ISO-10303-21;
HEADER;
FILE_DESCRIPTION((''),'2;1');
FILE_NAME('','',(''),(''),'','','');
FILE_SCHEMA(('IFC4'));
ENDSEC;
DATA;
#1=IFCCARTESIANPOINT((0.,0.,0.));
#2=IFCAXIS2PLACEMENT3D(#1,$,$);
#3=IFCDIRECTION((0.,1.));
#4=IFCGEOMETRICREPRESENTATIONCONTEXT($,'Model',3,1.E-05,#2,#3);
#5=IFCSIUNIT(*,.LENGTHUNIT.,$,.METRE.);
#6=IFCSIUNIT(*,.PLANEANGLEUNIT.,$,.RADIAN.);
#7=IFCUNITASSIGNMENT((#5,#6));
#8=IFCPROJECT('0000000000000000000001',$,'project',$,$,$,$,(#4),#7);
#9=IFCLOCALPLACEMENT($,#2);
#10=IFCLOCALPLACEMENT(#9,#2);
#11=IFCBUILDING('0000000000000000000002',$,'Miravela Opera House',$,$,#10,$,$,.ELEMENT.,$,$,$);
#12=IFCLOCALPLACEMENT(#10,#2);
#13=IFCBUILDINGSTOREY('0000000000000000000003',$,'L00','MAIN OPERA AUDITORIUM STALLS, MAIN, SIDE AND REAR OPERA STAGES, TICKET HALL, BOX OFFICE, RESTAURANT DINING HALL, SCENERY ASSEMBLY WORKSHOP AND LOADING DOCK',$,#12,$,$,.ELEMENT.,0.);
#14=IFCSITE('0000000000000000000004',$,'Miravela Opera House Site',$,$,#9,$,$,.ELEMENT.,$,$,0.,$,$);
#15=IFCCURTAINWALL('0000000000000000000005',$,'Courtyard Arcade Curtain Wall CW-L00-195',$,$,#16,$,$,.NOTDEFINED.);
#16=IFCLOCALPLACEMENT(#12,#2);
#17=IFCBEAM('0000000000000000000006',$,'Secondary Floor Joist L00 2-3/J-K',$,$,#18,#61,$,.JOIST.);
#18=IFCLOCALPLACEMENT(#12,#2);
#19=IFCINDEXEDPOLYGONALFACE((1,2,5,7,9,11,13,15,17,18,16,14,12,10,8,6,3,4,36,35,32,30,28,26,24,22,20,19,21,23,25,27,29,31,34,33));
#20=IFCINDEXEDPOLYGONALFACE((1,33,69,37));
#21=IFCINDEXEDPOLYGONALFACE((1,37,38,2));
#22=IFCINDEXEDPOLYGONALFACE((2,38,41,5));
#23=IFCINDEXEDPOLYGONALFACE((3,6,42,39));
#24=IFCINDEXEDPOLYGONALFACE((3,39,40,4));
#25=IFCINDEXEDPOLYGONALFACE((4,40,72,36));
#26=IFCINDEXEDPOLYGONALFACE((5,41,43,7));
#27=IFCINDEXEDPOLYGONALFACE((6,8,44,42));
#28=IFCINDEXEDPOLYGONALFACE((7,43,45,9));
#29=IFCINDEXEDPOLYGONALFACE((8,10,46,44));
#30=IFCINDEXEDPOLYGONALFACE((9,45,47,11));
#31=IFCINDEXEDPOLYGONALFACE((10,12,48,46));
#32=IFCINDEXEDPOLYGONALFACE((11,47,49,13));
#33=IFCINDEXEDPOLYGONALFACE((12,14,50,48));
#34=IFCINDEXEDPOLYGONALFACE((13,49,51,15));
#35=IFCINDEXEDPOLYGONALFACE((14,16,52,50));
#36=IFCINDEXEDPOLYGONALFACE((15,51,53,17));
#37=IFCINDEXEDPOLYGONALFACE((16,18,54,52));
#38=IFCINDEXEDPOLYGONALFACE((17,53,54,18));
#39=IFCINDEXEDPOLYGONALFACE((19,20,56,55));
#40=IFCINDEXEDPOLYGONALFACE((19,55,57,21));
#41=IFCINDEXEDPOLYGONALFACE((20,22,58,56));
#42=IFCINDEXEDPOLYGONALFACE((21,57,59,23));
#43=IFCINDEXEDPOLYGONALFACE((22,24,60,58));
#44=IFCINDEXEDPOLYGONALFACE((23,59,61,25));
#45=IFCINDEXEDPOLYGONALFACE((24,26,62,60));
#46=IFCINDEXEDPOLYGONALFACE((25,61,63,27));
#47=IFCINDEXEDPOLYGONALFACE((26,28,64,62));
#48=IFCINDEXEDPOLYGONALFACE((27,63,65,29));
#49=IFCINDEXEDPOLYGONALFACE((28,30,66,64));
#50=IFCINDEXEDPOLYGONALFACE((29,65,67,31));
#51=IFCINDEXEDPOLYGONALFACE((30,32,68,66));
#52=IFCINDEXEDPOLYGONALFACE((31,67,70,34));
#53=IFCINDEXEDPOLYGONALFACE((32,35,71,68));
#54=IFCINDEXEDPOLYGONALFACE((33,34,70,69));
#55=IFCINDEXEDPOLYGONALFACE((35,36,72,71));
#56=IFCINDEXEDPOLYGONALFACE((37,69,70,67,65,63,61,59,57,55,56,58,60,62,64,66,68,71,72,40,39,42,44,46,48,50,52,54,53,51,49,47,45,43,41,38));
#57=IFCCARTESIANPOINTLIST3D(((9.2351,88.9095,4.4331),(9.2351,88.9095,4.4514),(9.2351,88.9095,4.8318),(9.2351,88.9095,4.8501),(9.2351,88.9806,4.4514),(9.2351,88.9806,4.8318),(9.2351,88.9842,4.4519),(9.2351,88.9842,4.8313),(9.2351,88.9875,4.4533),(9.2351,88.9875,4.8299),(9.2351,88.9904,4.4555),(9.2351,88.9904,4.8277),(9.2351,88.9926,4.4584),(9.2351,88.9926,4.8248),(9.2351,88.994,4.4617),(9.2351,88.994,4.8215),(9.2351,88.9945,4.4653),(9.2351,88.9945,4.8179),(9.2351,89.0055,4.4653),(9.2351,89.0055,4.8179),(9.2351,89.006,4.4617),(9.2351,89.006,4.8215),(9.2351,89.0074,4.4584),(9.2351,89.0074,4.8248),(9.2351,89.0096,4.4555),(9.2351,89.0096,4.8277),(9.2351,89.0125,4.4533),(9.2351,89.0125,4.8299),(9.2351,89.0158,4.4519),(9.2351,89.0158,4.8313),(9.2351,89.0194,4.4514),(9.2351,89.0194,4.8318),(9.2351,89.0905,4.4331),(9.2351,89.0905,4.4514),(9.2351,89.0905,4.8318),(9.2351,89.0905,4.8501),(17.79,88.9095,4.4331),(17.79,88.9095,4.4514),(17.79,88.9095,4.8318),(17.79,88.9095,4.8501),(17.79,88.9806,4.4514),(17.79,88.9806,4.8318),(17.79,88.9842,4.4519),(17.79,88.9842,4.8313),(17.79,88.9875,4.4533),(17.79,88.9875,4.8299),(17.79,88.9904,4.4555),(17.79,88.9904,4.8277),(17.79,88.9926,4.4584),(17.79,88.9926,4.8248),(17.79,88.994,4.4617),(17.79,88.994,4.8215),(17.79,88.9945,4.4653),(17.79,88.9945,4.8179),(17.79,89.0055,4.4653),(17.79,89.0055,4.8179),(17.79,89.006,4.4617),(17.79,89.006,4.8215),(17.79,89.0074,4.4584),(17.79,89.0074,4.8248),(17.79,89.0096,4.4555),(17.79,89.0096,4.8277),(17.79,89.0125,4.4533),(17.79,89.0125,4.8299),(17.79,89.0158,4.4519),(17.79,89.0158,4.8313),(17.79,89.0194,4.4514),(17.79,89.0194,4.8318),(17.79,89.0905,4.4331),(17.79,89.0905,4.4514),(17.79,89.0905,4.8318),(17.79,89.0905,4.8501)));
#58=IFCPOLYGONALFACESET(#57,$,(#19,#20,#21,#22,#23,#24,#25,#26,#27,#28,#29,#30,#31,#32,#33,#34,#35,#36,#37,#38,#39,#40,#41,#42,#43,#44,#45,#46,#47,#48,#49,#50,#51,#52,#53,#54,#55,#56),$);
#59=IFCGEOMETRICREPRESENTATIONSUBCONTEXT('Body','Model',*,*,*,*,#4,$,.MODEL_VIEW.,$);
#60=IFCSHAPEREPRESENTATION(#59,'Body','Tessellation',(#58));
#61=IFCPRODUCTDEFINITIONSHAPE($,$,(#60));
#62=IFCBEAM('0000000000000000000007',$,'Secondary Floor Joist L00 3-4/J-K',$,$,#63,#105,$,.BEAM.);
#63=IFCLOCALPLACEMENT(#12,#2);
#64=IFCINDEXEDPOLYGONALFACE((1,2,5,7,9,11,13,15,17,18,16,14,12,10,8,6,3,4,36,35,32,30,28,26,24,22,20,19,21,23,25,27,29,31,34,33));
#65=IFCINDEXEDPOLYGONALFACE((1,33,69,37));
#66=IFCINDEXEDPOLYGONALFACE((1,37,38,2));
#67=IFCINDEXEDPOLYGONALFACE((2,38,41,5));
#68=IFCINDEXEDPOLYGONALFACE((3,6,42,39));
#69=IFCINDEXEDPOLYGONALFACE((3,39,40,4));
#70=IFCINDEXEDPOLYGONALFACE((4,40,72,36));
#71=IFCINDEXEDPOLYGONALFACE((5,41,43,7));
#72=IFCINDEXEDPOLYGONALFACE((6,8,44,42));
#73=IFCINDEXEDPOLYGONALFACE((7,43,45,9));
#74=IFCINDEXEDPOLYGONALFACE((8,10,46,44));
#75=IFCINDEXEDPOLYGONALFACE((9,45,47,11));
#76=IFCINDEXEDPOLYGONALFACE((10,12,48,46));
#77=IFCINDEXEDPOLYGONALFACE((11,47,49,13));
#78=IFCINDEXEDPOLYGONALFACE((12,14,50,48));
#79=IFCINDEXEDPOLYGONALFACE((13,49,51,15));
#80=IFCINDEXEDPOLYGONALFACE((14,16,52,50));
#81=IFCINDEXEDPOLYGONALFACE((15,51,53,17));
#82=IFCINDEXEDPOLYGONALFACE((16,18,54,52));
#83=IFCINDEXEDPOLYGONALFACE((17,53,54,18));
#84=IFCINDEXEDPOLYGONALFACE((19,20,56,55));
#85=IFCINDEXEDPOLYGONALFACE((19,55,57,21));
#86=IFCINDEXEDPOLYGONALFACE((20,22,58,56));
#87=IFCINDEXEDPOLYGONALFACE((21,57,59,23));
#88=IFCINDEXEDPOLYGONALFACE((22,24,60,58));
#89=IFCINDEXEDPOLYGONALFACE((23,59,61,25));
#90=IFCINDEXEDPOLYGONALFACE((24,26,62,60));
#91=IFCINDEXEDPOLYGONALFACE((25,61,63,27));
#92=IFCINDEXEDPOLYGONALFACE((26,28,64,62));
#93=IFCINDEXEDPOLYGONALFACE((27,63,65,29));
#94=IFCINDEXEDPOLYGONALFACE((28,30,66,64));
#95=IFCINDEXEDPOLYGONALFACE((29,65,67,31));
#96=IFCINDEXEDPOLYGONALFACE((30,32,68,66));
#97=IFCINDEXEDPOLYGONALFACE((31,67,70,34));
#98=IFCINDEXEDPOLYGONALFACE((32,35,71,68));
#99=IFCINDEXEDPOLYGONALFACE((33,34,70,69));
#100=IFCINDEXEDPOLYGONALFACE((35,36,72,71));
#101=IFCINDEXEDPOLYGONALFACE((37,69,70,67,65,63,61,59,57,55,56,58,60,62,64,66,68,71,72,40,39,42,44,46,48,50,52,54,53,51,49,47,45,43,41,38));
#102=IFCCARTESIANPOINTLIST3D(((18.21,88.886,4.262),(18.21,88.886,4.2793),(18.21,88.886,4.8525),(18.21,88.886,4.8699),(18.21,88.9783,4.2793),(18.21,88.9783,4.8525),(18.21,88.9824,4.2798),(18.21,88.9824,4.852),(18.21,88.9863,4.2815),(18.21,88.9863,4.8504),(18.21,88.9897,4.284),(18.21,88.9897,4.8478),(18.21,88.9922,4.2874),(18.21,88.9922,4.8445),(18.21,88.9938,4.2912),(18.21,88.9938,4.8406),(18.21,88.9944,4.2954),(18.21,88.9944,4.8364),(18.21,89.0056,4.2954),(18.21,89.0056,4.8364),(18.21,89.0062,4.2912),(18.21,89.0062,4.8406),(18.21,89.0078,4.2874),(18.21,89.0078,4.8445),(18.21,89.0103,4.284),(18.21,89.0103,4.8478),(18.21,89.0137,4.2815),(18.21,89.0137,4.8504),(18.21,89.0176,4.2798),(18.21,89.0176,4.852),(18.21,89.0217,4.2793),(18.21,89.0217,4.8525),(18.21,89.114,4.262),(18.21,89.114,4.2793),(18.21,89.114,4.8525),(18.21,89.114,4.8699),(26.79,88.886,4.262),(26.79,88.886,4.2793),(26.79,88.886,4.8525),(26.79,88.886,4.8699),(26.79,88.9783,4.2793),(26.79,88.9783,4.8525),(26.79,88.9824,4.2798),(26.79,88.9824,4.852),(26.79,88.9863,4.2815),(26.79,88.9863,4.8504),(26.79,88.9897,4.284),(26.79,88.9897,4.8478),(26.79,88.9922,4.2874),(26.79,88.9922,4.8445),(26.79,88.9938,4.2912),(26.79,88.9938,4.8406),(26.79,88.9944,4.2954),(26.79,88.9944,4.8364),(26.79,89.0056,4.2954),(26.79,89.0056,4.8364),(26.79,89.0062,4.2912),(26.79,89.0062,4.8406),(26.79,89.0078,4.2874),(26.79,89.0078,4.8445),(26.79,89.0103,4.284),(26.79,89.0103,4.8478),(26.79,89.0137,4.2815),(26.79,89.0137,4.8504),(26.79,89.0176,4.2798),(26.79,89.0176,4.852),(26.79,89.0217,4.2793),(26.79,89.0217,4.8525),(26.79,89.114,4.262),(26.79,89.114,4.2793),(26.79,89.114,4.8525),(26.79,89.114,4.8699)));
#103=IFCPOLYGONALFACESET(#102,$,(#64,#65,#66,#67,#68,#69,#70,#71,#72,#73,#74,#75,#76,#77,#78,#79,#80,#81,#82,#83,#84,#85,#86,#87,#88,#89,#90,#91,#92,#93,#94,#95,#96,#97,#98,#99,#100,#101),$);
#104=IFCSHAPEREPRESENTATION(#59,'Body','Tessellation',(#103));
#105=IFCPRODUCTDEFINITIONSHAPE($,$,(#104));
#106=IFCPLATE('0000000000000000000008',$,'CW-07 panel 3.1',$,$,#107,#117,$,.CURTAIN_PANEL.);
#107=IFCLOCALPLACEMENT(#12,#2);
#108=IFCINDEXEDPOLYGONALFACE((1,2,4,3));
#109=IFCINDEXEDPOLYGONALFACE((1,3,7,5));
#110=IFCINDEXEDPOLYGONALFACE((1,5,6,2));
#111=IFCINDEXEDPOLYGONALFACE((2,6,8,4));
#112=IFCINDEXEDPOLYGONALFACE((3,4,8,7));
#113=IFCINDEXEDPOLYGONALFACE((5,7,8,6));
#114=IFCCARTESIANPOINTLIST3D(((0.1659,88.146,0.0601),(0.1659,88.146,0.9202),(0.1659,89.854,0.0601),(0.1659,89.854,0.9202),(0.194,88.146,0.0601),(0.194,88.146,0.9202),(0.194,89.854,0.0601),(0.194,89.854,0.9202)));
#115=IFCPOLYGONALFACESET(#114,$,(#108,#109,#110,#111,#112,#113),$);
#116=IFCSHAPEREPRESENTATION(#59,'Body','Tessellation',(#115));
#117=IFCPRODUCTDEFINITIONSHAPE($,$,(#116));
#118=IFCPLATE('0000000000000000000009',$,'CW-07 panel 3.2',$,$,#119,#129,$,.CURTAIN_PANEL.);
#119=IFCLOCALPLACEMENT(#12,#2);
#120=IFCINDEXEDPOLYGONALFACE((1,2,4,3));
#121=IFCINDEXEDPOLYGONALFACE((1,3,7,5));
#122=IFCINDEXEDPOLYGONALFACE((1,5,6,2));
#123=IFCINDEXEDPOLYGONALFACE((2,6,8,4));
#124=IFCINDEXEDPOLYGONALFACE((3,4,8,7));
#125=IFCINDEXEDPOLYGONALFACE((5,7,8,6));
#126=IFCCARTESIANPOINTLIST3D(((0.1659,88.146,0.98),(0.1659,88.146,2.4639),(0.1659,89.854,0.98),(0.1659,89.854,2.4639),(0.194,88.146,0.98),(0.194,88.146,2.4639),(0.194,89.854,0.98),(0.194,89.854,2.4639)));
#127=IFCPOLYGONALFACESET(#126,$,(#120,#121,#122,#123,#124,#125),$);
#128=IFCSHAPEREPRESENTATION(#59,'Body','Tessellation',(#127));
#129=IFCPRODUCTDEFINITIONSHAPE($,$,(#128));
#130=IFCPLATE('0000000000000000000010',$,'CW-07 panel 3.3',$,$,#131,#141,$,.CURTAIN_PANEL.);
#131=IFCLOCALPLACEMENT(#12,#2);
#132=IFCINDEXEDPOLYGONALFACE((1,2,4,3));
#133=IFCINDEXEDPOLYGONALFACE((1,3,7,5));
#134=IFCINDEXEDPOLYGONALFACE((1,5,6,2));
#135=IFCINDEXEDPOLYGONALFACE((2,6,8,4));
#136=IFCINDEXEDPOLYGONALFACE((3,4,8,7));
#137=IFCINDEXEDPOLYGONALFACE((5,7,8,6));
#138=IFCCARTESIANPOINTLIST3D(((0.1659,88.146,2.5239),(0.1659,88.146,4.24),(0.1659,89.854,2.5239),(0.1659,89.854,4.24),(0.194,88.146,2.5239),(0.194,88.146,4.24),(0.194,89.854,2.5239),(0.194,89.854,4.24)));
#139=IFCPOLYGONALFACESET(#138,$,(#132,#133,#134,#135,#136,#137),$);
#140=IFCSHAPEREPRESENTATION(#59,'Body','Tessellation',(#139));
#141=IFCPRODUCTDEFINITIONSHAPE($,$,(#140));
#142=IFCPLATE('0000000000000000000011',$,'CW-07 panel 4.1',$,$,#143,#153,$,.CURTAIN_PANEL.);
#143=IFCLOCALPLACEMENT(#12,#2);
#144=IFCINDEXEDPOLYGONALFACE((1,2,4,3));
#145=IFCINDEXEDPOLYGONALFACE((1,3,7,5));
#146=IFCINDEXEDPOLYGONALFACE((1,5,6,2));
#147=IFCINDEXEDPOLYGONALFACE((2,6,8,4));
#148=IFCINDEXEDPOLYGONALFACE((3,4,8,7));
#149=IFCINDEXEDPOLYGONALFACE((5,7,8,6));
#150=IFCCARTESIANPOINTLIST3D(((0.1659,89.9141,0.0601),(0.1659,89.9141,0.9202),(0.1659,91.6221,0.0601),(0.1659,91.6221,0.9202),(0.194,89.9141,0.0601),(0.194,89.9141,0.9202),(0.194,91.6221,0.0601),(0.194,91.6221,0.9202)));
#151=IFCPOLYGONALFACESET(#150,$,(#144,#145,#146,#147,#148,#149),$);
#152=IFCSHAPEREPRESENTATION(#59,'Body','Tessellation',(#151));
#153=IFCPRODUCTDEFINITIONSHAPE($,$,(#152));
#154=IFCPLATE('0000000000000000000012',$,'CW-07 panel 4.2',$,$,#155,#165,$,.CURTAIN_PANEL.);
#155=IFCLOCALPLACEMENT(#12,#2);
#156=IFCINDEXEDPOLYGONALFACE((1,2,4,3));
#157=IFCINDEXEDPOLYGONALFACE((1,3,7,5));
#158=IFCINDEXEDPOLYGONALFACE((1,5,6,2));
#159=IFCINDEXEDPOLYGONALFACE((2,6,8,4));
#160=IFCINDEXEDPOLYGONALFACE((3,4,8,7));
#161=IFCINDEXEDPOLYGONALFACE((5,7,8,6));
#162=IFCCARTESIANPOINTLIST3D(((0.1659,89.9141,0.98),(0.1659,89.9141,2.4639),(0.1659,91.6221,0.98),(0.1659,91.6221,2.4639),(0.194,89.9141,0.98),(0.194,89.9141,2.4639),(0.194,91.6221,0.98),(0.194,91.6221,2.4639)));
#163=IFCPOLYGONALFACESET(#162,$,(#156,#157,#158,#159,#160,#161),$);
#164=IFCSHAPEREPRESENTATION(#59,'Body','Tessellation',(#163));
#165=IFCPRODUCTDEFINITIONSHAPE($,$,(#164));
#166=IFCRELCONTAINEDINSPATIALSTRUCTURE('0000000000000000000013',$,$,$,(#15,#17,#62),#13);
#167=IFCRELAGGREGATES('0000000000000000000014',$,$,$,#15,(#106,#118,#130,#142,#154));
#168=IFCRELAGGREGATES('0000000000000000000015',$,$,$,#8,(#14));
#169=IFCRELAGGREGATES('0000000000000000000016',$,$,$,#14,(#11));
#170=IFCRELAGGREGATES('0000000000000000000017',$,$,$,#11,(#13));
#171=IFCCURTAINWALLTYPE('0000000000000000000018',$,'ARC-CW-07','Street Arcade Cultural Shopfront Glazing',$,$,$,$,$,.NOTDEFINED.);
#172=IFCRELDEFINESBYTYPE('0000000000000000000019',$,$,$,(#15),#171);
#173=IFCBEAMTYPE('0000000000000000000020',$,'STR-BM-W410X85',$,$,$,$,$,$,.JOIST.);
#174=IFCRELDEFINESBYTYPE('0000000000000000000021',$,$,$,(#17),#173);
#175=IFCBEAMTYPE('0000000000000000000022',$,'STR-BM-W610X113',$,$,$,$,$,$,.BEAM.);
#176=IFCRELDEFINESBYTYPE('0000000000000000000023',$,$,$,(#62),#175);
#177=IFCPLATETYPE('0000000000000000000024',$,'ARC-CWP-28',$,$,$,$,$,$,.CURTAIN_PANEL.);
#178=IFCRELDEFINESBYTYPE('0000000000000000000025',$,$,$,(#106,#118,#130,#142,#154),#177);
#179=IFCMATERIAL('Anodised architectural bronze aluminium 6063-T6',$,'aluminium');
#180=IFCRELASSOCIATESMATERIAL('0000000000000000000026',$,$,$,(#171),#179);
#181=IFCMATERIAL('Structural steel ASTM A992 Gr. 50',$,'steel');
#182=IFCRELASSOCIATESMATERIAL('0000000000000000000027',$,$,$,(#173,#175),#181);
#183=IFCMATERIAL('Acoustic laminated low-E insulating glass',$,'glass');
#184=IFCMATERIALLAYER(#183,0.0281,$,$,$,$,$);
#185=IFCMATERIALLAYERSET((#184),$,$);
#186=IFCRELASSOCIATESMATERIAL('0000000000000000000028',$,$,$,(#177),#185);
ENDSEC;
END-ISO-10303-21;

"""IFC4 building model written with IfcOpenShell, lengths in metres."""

from ifc_helpers import new_model, si_unit, direction, frame, origin, origin_2d, place, context, subcontext, project, spatial, rectangle, i_section, extrude, material, layer, layer_set, material_profile, profile_set, type_object, element, aggregate, save


model = new_model("IFC4")

# Units and contexts
model_context = context("Model", 3, precision=1e-05, world=origin(), true_north=direction((0.0, 1.0)))
body_context = subcontext(model_context, "Body", "Model", "MODEL_VIEW")
ifc_project = project(units=[si_unit("LENGTHUNIT", "METRE"), si_unit("PLANEANGLEUNIT", "RADIAN")], contexts=[model_context])

# Site, building, storey
site_placement = place(None, origin())
site = spatial("IfcSite", under=ifc_project, at=site_placement, Name="Miravela Opera House Site", CompositionType="ELEMENT", RefElevation=0.0)
building_placement = place(site_placement, origin())
building = spatial("IfcBuilding", under=site, at=building_placement, Name="Miravela Opera House", CompositionType="ELEMENT")
storey_placement = place(building_placement, origin())
storey = spatial("IfcBuildingStorey", under=building, at=storey_placement, Name="L00", Description="MAIN OPERA AUDITORIUM STALLS, MAIN, SIDE AND REAR OPERA STAGES, TICKET HALL, BOX OFFICE, RESTAURANT DINING HALL, SCENERY ASSEMBLY WORKSHOP AND LOADING DOCK", CompositionType="ELEMENT", Elevation=0.0)

# Curtain wall
ifc_material_1 = material(Name="Anodised architectural bronze aluminium 6063-T6", Category="aluminium")
curtain_wall_type = type_object("IfcCurtainWallType", Name="ARC-CW-07", Description="Street Arcade Cultural Shopfront Glazing", PredefinedType="NOTDEFINED", material=ifc_material_1)
curtain_wall_placement = place(storey_placement, origin())
curtain_wall = element("IfcCurtainWall", 1, at=curtain_wall_placement, inside=storey, type_object=curtain_wall_type, Name="Courtyard Arcade Curtain Wall CW-L00-195", PredefinedType="NOTDEFINED")

# Beams
ifc_material_2 = material(Name="Structural steel ASTM A992 Gr. 50", Category="steel")
ifc_material_profile_1 = material_profile(ifc_material_2, i_section(OverallWidth=0.1809, OverallDepth=0.417, WebThickness=0.011, FlangeThickness=0.0183, FilletRadius=0.0139, at=origin_2d()), Name="W410X85")
ifc_profile_set_1 = profile_set([ifc_material_profile_1])
beam_type_1 = type_object("IfcBeamType", Name="STR-BM-W410X85", PredefinedType="JOIST", material=ifc_profile_set_1)
beam_1_placement = place(storey_placement, frame((9.2351, 89.0, 4.6416), z_axis=(1.0, 0.0, 0.0), x_axis=(0.0, 1.0, 0.0)))
element("IfcBeam", 2, at=beam_1_placement, inside=storey, type_object=beam_type_1, Name="Secondary Floor Joist L00 2-3/J-K", PredefinedType="JOIST", context=body_context, shape_type="SweptSolid", body=[
    extrude(i_section(OverallWidth=0.1809, OverallDepth=0.417, WebThickness=0.011, FlangeThickness=0.0183, FilletRadius=0.0139, at=origin_2d()), origin(), (0.0, 0.0, 1.0), 8.5549),
])
ifc_material_profile_2 = material_profile(ifc_material_2, i_section(OverallWidth=0.228, OverallDepth=0.6079, WebThickness=0.0112, FlangeThickness=0.0173, FilletRadius=0.0161, at=origin_2d()), Name="W610X113")
ifc_profile_set_2 = profile_set([ifc_material_profile_2])
beam_type_2 = type_object("IfcBeamType", Name="STR-BM-W610X113", PredefinedType="BEAM", material=ifc_profile_set_2)
beam_2_placement = place(storey_placement, frame((18.21, 89.0, 4.5659), z_axis=(1.0, 0.0, 0.0), x_axis=(0.0, 1.0, 0.0)))
element("IfcBeam", 3, at=beam_2_placement, inside=storey, type_object=beam_type_2, Name="Secondary Floor Joist L00 3-4/J-K", PredefinedType="BEAM", context=body_context, shape_type="SweptSolid", body=[
    extrude(i_section(OverallWidth=0.228, OverallDepth=0.6079, WebThickness=0.0112, FlangeThickness=0.0173, FilletRadius=0.0161, at=origin_2d()), origin(), (0.0, 0.0, 1.0), 8.5801),
])

# Plates
ifc_material_3 = material(Name="Acoustic laminated low-E insulating glass", Category="glass")
ifc_layer_1 = layer(ifc_material_3, 0.0281)
ifc_layer_set_1 = layer_set([ifc_layer_1])
plate_type = type_object("IfcPlateType", Name="ARC-CWP-28", PredefinedType="CURTAIN_PANEL", material=ifc_layer_set_1)
plate_1_placement = place(storey_placement, frame((0.1799, 89.0, 0.0601), z_axis=(0.0, 0.0, 1.0), x_axis=(0.0, 1.0, 0.0)))
plate_1 = element("IfcPlate", 4, at=plate_1_placement, type_object=plate_type, Name="CW-07 panel 3.1", PredefinedType="CURTAIN_PANEL", context=body_context, shape_type="SweptSolid", body=[
    extrude(rectangle(XDim=1.708, YDim=0.0281, at=origin_2d()), origin(), (0.0, 0.0, 1.0), 0.8601),
])
plate_2_placement = place(storey_placement, frame((0.1799, 89.0, 0.98), z_axis=(0.0, 0.0, 1.0), x_axis=(0.0, 1.0, 0.0)))
plate_2 = element("IfcPlate", 5, at=plate_2_placement, type_object=plate_type, Name="CW-07 panel 3.2", PredefinedType="CURTAIN_PANEL", context=body_context, shape_type="SweptSolid", body=[
    extrude(rectangle(XDim=1.708, YDim=0.0281, at=origin_2d()), origin(), (0.0, 0.0, 1.0), 1.4839),
])
plate_3_placement = place(storey_placement, frame((0.1799, 89.0, 2.5239), z_axis=(0.0, 0.0, 1.0), x_axis=(0.0, 1.0, 0.0)))
plate_3 = element("IfcPlate", 6, at=plate_3_placement, type_object=plate_type, Name="CW-07 panel 3.3", PredefinedType="CURTAIN_PANEL", context=body_context, shape_type="SweptSolid", body=[
    extrude(rectangle(XDim=1.708, YDim=0.0281, at=origin_2d()), origin(), (0.0, 0.0, 1.0), 1.7161),
])
plate_4_placement = place(storey_placement, frame((0.1799, 90.7681, 0.0601), z_axis=(0.0, 0.0, 1.0), x_axis=(0.0, 1.0, 0.0)))
plate_4 = element("IfcPlate", 7, at=plate_4_placement, type_object=plate_type, Name="CW-07 panel 4.1", PredefinedType="CURTAIN_PANEL", context=body_context, shape_type="SweptSolid", body=[
    extrude(rectangle(XDim=1.708, YDim=0.0281, at=origin_2d()), origin(), (0.0, 0.0, 1.0), 0.8601),
])
plate_5_placement = place(storey_placement, frame((0.1799, 90.7681, 0.98), z_axis=(0.0, 0.0, 1.0), x_axis=(0.0, 1.0, 0.0)))
plate_5 = element("IfcPlate", 8, at=plate_5_placement, type_object=plate_type, Name="CW-07 panel 4.2", PredefinedType="CURTAIN_PANEL", context=body_context, shape_type="SweptSolid", body=[
    extrude(rectangle(XDim=1.708, YDim=0.0281, at=origin_2d()), origin(), (0.0, 0.0, 1.0), 1.4839),
])
aggregate(curtain_wall, [plate_1, plate_2, plate_3, plate_4, plate_5])

save(model, "model.ifc")
